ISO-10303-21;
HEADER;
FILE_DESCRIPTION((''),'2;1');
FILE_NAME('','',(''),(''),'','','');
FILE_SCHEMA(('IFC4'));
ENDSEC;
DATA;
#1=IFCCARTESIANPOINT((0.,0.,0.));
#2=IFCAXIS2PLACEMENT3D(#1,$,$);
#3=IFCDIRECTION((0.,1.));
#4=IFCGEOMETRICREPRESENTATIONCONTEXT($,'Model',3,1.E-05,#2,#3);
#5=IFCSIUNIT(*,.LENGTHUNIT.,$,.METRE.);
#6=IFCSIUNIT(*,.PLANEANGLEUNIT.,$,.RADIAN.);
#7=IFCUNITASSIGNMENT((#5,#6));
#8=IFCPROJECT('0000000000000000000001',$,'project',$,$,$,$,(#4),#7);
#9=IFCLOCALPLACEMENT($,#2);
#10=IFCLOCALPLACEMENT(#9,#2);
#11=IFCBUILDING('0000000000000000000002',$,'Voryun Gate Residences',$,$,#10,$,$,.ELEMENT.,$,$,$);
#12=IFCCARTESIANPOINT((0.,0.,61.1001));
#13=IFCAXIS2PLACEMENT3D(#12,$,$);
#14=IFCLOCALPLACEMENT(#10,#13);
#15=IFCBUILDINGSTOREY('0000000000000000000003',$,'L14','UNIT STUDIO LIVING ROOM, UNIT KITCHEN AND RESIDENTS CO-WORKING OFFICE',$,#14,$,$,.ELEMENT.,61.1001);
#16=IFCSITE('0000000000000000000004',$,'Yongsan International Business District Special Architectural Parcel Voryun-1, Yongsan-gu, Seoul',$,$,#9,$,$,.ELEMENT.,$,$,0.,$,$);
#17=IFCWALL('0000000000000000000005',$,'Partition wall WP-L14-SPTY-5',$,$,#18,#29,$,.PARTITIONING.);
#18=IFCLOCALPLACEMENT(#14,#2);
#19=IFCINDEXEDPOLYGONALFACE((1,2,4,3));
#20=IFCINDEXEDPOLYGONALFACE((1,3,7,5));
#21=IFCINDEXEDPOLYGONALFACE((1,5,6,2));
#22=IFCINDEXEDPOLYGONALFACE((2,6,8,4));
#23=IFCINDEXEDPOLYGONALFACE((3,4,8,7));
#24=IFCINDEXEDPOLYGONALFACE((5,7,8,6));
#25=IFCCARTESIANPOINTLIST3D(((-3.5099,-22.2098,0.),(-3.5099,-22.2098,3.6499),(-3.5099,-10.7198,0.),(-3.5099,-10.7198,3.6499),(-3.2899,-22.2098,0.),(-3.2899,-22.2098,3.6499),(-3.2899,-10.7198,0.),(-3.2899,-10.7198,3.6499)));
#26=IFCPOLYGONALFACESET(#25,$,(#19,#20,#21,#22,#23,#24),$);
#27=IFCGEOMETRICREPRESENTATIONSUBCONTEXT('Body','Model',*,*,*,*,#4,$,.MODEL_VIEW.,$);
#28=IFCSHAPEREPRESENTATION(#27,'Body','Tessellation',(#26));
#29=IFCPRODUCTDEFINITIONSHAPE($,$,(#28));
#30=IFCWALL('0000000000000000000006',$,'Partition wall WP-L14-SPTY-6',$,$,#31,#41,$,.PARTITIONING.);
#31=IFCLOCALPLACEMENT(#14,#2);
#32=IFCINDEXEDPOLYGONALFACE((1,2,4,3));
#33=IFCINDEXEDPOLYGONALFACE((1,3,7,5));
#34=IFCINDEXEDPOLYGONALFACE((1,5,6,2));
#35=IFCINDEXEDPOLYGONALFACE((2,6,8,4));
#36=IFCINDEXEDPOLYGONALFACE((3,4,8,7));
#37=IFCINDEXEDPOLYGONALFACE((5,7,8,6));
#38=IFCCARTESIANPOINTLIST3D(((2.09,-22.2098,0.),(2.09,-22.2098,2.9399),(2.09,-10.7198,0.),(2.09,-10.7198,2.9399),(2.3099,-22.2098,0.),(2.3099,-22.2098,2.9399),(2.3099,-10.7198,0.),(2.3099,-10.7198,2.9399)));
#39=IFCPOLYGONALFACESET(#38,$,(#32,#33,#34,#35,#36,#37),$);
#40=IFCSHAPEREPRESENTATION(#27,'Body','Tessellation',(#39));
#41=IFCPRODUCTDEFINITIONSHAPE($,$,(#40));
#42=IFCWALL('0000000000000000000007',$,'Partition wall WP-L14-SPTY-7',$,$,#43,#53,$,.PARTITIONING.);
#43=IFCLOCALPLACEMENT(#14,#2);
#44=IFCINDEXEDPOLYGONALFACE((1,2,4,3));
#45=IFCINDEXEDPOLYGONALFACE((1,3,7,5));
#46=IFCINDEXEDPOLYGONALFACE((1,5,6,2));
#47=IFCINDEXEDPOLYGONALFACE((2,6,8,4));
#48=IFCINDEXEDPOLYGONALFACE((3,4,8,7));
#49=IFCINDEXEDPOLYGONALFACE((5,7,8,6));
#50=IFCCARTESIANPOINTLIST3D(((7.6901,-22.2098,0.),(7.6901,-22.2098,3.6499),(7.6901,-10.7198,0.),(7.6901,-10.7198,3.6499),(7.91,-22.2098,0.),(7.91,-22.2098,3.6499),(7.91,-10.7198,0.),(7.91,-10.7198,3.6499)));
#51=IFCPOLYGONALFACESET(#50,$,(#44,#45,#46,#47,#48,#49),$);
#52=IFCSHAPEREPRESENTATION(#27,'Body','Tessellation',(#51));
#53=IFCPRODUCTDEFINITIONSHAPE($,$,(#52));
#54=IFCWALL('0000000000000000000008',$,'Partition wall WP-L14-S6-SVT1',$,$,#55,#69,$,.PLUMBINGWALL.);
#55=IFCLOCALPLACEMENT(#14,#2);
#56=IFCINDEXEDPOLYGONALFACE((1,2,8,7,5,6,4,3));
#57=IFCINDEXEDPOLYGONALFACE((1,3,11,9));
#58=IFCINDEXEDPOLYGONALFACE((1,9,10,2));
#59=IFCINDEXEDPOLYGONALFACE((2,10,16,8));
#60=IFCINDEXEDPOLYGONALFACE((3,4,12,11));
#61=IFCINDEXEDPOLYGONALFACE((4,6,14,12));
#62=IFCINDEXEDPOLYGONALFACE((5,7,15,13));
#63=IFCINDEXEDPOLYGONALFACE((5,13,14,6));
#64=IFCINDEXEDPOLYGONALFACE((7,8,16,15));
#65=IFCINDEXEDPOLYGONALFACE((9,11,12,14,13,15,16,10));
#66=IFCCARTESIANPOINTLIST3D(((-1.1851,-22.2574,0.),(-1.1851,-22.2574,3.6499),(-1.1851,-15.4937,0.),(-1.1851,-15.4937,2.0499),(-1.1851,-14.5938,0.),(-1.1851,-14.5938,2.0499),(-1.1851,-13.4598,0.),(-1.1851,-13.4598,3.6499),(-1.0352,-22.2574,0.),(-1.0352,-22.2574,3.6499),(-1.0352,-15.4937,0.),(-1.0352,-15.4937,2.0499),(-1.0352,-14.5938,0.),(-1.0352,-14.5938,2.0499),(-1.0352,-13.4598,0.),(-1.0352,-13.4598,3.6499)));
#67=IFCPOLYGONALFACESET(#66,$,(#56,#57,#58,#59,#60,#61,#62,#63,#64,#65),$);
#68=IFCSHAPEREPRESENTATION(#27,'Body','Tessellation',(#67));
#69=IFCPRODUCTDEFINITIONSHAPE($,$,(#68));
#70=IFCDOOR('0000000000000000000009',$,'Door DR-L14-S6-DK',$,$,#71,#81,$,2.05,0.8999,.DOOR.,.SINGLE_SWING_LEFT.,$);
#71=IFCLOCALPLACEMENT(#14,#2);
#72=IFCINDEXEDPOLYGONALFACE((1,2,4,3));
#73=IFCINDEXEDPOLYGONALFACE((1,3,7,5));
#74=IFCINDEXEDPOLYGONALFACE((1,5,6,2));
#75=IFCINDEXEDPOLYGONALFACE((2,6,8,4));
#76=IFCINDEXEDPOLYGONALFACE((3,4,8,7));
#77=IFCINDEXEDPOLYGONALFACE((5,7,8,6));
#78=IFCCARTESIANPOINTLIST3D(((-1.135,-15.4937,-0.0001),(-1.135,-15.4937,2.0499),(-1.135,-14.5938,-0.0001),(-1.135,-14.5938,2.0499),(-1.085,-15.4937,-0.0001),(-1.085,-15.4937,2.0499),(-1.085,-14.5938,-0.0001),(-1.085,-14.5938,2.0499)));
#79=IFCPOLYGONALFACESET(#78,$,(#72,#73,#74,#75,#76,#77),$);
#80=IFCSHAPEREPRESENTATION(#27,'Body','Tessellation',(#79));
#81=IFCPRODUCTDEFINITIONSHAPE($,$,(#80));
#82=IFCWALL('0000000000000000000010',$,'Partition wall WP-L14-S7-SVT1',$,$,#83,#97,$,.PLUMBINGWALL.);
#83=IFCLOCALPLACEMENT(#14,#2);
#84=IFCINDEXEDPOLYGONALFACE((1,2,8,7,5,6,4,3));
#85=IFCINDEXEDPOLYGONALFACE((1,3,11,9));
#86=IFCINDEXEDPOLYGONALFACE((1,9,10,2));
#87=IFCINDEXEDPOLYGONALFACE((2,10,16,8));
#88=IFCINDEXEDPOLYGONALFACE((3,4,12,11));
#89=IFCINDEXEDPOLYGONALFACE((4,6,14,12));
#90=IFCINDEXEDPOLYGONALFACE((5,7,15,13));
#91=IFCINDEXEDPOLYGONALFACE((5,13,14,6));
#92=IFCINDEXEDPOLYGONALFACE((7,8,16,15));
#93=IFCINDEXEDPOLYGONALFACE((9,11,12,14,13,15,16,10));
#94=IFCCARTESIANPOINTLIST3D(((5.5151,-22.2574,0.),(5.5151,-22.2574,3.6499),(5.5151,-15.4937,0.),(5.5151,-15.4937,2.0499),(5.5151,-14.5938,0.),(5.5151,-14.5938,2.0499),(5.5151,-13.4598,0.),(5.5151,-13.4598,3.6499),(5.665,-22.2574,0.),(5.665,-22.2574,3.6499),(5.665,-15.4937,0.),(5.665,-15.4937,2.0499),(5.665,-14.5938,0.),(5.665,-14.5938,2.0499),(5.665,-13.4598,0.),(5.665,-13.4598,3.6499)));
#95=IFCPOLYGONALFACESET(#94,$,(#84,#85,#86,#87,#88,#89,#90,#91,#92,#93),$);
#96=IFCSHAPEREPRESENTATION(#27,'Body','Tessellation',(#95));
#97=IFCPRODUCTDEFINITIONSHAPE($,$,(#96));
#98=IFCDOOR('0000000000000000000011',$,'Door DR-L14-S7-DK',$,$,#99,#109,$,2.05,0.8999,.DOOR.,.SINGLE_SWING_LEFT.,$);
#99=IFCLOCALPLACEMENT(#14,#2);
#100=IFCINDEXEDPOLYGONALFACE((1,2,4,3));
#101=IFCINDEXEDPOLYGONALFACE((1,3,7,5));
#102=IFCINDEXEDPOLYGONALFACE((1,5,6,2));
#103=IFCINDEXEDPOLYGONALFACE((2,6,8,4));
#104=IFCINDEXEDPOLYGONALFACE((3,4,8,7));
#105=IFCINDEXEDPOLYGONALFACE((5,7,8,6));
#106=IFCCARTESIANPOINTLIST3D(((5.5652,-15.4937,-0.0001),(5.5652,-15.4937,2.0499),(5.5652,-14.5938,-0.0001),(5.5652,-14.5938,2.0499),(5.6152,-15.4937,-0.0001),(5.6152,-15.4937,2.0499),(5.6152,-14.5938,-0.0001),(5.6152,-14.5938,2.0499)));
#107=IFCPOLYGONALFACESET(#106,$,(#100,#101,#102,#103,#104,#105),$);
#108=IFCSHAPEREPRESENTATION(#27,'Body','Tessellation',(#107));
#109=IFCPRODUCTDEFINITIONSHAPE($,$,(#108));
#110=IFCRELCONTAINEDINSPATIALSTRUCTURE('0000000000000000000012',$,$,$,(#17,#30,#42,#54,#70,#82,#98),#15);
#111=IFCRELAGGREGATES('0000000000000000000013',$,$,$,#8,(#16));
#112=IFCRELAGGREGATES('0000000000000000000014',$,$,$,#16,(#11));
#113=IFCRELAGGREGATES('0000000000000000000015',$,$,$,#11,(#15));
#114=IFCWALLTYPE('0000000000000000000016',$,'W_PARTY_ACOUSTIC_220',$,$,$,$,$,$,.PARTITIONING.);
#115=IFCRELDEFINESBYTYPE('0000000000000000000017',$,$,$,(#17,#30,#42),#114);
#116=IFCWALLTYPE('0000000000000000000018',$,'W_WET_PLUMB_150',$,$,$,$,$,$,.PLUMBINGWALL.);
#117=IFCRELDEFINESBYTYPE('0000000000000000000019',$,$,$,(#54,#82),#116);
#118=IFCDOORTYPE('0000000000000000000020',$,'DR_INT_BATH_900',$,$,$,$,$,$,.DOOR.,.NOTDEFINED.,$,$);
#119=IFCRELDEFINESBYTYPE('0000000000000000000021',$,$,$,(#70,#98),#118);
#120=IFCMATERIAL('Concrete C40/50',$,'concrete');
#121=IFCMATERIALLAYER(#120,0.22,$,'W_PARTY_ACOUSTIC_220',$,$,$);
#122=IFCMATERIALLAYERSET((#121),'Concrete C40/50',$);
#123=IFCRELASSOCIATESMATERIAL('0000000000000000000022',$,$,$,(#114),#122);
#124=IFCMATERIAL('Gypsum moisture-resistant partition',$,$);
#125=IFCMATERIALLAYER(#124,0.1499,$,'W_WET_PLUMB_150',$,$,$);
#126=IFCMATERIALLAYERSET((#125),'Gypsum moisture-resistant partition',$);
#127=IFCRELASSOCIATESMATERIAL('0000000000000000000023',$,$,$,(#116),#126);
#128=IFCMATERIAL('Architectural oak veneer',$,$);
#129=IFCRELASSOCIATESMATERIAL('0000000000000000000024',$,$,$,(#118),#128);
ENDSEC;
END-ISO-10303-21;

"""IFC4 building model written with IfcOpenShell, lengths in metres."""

from ifc_helpers import new_model, si_unit, direction, frame, frame_2d, origin, place, context, subcontext, project, spatial, rectangle, extrude, material, layer, layer_set, type_object, element, fill, save


model = new_model("IFC4")

# Units and contexts
model_context = context("Model", 3, precision=1e-05, world=origin(), true_north=direction((0.0, 1.0)))
body_context = subcontext(model_context, "Body", "Model", "MODEL_VIEW")
ifc_project = project(units=[si_unit("LENGTHUNIT", "METRE"), si_unit("PLANEANGLEUNIT", "RADIAN")], contexts=[model_context])

# Site, building, storey
site_placement = place(None, origin())
site = spatial("IfcSite", under=ifc_project, at=site_placement, Name="Yongsan International Business District Special Architectural Parcel Voryun-1, Yongsan-gu, Seoul", CompositionType="ELEMENT", RefElevation=0.0)
building_placement = place(site_placement, origin())
building = spatial("IfcBuilding", under=site, at=building_placement, Name="Voryun Gate Residences", CompositionType="ELEMENT")
storey_placement = place(building_placement, frame((0.0, 0.0, 61.1001)))
storey = spatial("IfcBuildingStorey", under=building, at=storey_placement, Name="L14", Description="UNIT STUDIO LIVING ROOM, UNIT KITCHEN AND RESIDENTS CO-WORKING OFFICE", CompositionType="ELEMENT", Elevation=61.1001)

# Walls
ifc_material_1 = material(Name="Concrete C40/50", Category="concrete")
ifc_layer_1 = layer(ifc_material_1, 0.22, Name="W_PARTY_ACOUSTIC_220")
ifc_layer_set_1 = layer_set([ifc_layer_1], Name="Concrete C40/50")
wall_type_1 = type_object("IfcWallType", Name="W_PARTY_ACOUSTIC_220", PredefinedType="PARTITIONING", material=ifc_layer_set_1)
wall_1_placement = place(storey_placement, frame((-3.3999, -22.21, 0.0), z_axis=(0.0, 0.0, 1.0), x_axis=(0.0, 1.0, 0.0)))
element("IfcWall", 1, at=wall_1_placement, inside=storey, type_object=wall_type_1, Name="Partition wall WP-L14-SPTY-5", PredefinedType="PARTITIONING", context=body_context, shape_type="SweptSolid", body=[
    extrude(rectangle(XDim=11.49, YDim=0.22, at=frame_2d((5.7451, 0.0))), origin(), (0.0, 0.0, 1.0), 3.6499),
])
wall_2_placement = place(storey_placement, frame((2.2, -22.21, 0.0), z_axis=(0.0, 0.0, 1.0), x_axis=(0.0, 1.0, 0.0)))
element("IfcWall", 2, at=wall_2_placement, inside=storey, type_object=wall_type_1, Name="Partition wall WP-L14-SPTY-6", PredefinedType="PARTITIONING", context=body_context, shape_type="SweptSolid", body=[
    extrude(rectangle(XDim=11.49, YDim=0.22, at=frame_2d((5.7451, 0.0))), origin(), (0.0, 0.0, 1.0), 2.9399),
])
wall_3_placement = place(storey_placement, frame((7.8, -22.21, 0.0), z_axis=(0.0, 0.0, 1.0), x_axis=(0.0, 1.0, 0.0)))
element("IfcWall", 3, at=wall_3_placement, inside=storey, type_object=wall_type_1, Name="Partition wall WP-L14-SPTY-7", PredefinedType="PARTITIONING", context=body_context, shape_type="SweptSolid", body=[
    extrude(rectangle(XDim=11.49, YDim=0.22, at=frame_2d((5.7451, 0.0))), origin(), (0.0, 0.0, 1.0), 3.6499),
])

# Walls, openings, doors
ifc_material_2 = material(Name="Gypsum moisture-resistant partition")
ifc_layer_2 = layer(ifc_material_2, 0.1499, Name="W_WET_PLUMB_150")
ifc_layer_set_2 = layer_set([ifc_layer_2], Name="Gypsum moisture-resistant partition")
wall_type_2 = type_object("IfcWallType", Name="W_WET_PLUMB_150", PredefinedType="PLUMBINGWALL", material=ifc_layer_set_2)
wall_4_placement = place(storey_placement, frame((-1.1101, -22.2576, 0.0), z_axis=(0.0, 0.0, 1.0), x_axis=(0.0, 1.0, 0.0)))
wall_4 = element("IfcWall", 4, at=wall_4_placement, inside=storey, type_object=wall_type_2, Name="Partition wall WP-L14-S6-SVT1", PredefinedType="PLUMBINGWALL", context=body_context, shape_type="SweptSolid", body=[
    extrude(rectangle(XDim=8.7976, YDim=0.1499, at=frame_2d((4.3989, 0.0))), origin(), (0.0, 0.0, 1.0), 3.6499),
])
opening_1_placement = place(wall_4_placement, frame((6.7639, 0.0, 0.0)))
opening_1 = element("IfcOpeningElement", 5, at=opening_1_placement, cuts=wall_4, PredefinedType="OPENING", context=body_context, shape_type="SweptSolid", body=[
    extrude(rectangle(XDim=0.8999, YDim=2.05, at=frame_2d((0.45, 1.0249))), frame((0.0, 0.085, 0.0), z_axis=(0.0, -1.0, 0.0), x_axis=(1.0, 0.0, 0.0)), (0.0, 0.0, 1.0), 0.1699),
])
ifc_material_3 = material(Name="Architectural oak veneer")
door_type = type_object("IfcDoorType", Name="DR_INT_BATH_900", OperationType="NOTDEFINED", PredefinedType="DOOR", material=ifc_material_3)
door_1_placement = place(opening_1_placement, origin())
door_1 = element("IfcDoor", 6, at=door_1_placement, inside=storey, type_object=door_type, Name="Door DR-L14-S6-DK", OperationType="SINGLE_SWING_LEFT", OverallHeight=2.05, OverallWidth=0.8999, PredefinedType="DOOR", context=body_context, shape_type="SweptSolid", body=[
    extrude(rectangle(XDim=0.8999, YDim=2.05, at=frame_2d((0.45, 1.0249))), frame((0.0, 0.0249, 0.0), z_axis=(0.0, -1.0, 0.0), x_axis=(1.0, 0.0, 0.0)), (0.0, 0.0, 1.0), 0.05),
])
fill(opening_1, door_1)
wall_5_placement = place(storey_placement, frame((5.5901, -22.2576, 0.0), z_axis=(0.0, 0.0, 1.0), x_axis=(0.0, 1.0, 0.0)))
wall_5 = element("IfcWall", 7, at=wall_5_placement, inside=storey, type_object=wall_type_2, Name="Partition wall WP-L14-S7-SVT1", PredefinedType="PLUMBINGWALL", context=body_context, shape_type="SweptSolid", body=[
    extrude(rectangle(XDim=8.7976, YDim=0.1499, at=frame_2d((4.3989, 0.0))), origin(), (0.0, 0.0, 1.0), 3.6499),
])
opening_2_placement = place(wall_5_placement, frame((6.7639, 0.0, 0.0)))
opening_2 = element("IfcOpeningElement", 8, at=opening_2_placement, cuts=wall_5, PredefinedType="OPENING", context=body_context, shape_type="SweptSolid", body=[
    extrude(rectangle(XDim=0.8999, YDim=2.05, at=frame_2d((0.45, 1.0249))), frame((0.0, 0.085, 0.0), z_axis=(0.0, -1.0, 0.0), x_axis=(1.0, 0.0, 0.0)), (0.0, 0.0, 1.0), 0.1699),
])
door_2_placement = place(opening_2_placement, origin())
door_2 = element("IfcDoor", 9, at=door_2_placement, inside=storey, type_object=door_type, Name="Door DR-L14-S7-DK", OperationType="SINGLE_SWING_LEFT", OverallHeight=2.05, OverallWidth=0.8999, PredefinedType="DOOR", context=body_context, shape_type="SweptSolid", body=[
    extrude(rectangle(XDim=0.8999, YDim=2.05, at=frame_2d((0.45, 1.0249))), frame((0.0, 0.0249, 0.0), z_axis=(0.0, -1.0, 0.0), x_axis=(1.0, 0.0, 0.0)), (0.0, 0.0, 1.0), 0.05),
])
fill(opening_2, door_2)

save(model, "model.ifc")
